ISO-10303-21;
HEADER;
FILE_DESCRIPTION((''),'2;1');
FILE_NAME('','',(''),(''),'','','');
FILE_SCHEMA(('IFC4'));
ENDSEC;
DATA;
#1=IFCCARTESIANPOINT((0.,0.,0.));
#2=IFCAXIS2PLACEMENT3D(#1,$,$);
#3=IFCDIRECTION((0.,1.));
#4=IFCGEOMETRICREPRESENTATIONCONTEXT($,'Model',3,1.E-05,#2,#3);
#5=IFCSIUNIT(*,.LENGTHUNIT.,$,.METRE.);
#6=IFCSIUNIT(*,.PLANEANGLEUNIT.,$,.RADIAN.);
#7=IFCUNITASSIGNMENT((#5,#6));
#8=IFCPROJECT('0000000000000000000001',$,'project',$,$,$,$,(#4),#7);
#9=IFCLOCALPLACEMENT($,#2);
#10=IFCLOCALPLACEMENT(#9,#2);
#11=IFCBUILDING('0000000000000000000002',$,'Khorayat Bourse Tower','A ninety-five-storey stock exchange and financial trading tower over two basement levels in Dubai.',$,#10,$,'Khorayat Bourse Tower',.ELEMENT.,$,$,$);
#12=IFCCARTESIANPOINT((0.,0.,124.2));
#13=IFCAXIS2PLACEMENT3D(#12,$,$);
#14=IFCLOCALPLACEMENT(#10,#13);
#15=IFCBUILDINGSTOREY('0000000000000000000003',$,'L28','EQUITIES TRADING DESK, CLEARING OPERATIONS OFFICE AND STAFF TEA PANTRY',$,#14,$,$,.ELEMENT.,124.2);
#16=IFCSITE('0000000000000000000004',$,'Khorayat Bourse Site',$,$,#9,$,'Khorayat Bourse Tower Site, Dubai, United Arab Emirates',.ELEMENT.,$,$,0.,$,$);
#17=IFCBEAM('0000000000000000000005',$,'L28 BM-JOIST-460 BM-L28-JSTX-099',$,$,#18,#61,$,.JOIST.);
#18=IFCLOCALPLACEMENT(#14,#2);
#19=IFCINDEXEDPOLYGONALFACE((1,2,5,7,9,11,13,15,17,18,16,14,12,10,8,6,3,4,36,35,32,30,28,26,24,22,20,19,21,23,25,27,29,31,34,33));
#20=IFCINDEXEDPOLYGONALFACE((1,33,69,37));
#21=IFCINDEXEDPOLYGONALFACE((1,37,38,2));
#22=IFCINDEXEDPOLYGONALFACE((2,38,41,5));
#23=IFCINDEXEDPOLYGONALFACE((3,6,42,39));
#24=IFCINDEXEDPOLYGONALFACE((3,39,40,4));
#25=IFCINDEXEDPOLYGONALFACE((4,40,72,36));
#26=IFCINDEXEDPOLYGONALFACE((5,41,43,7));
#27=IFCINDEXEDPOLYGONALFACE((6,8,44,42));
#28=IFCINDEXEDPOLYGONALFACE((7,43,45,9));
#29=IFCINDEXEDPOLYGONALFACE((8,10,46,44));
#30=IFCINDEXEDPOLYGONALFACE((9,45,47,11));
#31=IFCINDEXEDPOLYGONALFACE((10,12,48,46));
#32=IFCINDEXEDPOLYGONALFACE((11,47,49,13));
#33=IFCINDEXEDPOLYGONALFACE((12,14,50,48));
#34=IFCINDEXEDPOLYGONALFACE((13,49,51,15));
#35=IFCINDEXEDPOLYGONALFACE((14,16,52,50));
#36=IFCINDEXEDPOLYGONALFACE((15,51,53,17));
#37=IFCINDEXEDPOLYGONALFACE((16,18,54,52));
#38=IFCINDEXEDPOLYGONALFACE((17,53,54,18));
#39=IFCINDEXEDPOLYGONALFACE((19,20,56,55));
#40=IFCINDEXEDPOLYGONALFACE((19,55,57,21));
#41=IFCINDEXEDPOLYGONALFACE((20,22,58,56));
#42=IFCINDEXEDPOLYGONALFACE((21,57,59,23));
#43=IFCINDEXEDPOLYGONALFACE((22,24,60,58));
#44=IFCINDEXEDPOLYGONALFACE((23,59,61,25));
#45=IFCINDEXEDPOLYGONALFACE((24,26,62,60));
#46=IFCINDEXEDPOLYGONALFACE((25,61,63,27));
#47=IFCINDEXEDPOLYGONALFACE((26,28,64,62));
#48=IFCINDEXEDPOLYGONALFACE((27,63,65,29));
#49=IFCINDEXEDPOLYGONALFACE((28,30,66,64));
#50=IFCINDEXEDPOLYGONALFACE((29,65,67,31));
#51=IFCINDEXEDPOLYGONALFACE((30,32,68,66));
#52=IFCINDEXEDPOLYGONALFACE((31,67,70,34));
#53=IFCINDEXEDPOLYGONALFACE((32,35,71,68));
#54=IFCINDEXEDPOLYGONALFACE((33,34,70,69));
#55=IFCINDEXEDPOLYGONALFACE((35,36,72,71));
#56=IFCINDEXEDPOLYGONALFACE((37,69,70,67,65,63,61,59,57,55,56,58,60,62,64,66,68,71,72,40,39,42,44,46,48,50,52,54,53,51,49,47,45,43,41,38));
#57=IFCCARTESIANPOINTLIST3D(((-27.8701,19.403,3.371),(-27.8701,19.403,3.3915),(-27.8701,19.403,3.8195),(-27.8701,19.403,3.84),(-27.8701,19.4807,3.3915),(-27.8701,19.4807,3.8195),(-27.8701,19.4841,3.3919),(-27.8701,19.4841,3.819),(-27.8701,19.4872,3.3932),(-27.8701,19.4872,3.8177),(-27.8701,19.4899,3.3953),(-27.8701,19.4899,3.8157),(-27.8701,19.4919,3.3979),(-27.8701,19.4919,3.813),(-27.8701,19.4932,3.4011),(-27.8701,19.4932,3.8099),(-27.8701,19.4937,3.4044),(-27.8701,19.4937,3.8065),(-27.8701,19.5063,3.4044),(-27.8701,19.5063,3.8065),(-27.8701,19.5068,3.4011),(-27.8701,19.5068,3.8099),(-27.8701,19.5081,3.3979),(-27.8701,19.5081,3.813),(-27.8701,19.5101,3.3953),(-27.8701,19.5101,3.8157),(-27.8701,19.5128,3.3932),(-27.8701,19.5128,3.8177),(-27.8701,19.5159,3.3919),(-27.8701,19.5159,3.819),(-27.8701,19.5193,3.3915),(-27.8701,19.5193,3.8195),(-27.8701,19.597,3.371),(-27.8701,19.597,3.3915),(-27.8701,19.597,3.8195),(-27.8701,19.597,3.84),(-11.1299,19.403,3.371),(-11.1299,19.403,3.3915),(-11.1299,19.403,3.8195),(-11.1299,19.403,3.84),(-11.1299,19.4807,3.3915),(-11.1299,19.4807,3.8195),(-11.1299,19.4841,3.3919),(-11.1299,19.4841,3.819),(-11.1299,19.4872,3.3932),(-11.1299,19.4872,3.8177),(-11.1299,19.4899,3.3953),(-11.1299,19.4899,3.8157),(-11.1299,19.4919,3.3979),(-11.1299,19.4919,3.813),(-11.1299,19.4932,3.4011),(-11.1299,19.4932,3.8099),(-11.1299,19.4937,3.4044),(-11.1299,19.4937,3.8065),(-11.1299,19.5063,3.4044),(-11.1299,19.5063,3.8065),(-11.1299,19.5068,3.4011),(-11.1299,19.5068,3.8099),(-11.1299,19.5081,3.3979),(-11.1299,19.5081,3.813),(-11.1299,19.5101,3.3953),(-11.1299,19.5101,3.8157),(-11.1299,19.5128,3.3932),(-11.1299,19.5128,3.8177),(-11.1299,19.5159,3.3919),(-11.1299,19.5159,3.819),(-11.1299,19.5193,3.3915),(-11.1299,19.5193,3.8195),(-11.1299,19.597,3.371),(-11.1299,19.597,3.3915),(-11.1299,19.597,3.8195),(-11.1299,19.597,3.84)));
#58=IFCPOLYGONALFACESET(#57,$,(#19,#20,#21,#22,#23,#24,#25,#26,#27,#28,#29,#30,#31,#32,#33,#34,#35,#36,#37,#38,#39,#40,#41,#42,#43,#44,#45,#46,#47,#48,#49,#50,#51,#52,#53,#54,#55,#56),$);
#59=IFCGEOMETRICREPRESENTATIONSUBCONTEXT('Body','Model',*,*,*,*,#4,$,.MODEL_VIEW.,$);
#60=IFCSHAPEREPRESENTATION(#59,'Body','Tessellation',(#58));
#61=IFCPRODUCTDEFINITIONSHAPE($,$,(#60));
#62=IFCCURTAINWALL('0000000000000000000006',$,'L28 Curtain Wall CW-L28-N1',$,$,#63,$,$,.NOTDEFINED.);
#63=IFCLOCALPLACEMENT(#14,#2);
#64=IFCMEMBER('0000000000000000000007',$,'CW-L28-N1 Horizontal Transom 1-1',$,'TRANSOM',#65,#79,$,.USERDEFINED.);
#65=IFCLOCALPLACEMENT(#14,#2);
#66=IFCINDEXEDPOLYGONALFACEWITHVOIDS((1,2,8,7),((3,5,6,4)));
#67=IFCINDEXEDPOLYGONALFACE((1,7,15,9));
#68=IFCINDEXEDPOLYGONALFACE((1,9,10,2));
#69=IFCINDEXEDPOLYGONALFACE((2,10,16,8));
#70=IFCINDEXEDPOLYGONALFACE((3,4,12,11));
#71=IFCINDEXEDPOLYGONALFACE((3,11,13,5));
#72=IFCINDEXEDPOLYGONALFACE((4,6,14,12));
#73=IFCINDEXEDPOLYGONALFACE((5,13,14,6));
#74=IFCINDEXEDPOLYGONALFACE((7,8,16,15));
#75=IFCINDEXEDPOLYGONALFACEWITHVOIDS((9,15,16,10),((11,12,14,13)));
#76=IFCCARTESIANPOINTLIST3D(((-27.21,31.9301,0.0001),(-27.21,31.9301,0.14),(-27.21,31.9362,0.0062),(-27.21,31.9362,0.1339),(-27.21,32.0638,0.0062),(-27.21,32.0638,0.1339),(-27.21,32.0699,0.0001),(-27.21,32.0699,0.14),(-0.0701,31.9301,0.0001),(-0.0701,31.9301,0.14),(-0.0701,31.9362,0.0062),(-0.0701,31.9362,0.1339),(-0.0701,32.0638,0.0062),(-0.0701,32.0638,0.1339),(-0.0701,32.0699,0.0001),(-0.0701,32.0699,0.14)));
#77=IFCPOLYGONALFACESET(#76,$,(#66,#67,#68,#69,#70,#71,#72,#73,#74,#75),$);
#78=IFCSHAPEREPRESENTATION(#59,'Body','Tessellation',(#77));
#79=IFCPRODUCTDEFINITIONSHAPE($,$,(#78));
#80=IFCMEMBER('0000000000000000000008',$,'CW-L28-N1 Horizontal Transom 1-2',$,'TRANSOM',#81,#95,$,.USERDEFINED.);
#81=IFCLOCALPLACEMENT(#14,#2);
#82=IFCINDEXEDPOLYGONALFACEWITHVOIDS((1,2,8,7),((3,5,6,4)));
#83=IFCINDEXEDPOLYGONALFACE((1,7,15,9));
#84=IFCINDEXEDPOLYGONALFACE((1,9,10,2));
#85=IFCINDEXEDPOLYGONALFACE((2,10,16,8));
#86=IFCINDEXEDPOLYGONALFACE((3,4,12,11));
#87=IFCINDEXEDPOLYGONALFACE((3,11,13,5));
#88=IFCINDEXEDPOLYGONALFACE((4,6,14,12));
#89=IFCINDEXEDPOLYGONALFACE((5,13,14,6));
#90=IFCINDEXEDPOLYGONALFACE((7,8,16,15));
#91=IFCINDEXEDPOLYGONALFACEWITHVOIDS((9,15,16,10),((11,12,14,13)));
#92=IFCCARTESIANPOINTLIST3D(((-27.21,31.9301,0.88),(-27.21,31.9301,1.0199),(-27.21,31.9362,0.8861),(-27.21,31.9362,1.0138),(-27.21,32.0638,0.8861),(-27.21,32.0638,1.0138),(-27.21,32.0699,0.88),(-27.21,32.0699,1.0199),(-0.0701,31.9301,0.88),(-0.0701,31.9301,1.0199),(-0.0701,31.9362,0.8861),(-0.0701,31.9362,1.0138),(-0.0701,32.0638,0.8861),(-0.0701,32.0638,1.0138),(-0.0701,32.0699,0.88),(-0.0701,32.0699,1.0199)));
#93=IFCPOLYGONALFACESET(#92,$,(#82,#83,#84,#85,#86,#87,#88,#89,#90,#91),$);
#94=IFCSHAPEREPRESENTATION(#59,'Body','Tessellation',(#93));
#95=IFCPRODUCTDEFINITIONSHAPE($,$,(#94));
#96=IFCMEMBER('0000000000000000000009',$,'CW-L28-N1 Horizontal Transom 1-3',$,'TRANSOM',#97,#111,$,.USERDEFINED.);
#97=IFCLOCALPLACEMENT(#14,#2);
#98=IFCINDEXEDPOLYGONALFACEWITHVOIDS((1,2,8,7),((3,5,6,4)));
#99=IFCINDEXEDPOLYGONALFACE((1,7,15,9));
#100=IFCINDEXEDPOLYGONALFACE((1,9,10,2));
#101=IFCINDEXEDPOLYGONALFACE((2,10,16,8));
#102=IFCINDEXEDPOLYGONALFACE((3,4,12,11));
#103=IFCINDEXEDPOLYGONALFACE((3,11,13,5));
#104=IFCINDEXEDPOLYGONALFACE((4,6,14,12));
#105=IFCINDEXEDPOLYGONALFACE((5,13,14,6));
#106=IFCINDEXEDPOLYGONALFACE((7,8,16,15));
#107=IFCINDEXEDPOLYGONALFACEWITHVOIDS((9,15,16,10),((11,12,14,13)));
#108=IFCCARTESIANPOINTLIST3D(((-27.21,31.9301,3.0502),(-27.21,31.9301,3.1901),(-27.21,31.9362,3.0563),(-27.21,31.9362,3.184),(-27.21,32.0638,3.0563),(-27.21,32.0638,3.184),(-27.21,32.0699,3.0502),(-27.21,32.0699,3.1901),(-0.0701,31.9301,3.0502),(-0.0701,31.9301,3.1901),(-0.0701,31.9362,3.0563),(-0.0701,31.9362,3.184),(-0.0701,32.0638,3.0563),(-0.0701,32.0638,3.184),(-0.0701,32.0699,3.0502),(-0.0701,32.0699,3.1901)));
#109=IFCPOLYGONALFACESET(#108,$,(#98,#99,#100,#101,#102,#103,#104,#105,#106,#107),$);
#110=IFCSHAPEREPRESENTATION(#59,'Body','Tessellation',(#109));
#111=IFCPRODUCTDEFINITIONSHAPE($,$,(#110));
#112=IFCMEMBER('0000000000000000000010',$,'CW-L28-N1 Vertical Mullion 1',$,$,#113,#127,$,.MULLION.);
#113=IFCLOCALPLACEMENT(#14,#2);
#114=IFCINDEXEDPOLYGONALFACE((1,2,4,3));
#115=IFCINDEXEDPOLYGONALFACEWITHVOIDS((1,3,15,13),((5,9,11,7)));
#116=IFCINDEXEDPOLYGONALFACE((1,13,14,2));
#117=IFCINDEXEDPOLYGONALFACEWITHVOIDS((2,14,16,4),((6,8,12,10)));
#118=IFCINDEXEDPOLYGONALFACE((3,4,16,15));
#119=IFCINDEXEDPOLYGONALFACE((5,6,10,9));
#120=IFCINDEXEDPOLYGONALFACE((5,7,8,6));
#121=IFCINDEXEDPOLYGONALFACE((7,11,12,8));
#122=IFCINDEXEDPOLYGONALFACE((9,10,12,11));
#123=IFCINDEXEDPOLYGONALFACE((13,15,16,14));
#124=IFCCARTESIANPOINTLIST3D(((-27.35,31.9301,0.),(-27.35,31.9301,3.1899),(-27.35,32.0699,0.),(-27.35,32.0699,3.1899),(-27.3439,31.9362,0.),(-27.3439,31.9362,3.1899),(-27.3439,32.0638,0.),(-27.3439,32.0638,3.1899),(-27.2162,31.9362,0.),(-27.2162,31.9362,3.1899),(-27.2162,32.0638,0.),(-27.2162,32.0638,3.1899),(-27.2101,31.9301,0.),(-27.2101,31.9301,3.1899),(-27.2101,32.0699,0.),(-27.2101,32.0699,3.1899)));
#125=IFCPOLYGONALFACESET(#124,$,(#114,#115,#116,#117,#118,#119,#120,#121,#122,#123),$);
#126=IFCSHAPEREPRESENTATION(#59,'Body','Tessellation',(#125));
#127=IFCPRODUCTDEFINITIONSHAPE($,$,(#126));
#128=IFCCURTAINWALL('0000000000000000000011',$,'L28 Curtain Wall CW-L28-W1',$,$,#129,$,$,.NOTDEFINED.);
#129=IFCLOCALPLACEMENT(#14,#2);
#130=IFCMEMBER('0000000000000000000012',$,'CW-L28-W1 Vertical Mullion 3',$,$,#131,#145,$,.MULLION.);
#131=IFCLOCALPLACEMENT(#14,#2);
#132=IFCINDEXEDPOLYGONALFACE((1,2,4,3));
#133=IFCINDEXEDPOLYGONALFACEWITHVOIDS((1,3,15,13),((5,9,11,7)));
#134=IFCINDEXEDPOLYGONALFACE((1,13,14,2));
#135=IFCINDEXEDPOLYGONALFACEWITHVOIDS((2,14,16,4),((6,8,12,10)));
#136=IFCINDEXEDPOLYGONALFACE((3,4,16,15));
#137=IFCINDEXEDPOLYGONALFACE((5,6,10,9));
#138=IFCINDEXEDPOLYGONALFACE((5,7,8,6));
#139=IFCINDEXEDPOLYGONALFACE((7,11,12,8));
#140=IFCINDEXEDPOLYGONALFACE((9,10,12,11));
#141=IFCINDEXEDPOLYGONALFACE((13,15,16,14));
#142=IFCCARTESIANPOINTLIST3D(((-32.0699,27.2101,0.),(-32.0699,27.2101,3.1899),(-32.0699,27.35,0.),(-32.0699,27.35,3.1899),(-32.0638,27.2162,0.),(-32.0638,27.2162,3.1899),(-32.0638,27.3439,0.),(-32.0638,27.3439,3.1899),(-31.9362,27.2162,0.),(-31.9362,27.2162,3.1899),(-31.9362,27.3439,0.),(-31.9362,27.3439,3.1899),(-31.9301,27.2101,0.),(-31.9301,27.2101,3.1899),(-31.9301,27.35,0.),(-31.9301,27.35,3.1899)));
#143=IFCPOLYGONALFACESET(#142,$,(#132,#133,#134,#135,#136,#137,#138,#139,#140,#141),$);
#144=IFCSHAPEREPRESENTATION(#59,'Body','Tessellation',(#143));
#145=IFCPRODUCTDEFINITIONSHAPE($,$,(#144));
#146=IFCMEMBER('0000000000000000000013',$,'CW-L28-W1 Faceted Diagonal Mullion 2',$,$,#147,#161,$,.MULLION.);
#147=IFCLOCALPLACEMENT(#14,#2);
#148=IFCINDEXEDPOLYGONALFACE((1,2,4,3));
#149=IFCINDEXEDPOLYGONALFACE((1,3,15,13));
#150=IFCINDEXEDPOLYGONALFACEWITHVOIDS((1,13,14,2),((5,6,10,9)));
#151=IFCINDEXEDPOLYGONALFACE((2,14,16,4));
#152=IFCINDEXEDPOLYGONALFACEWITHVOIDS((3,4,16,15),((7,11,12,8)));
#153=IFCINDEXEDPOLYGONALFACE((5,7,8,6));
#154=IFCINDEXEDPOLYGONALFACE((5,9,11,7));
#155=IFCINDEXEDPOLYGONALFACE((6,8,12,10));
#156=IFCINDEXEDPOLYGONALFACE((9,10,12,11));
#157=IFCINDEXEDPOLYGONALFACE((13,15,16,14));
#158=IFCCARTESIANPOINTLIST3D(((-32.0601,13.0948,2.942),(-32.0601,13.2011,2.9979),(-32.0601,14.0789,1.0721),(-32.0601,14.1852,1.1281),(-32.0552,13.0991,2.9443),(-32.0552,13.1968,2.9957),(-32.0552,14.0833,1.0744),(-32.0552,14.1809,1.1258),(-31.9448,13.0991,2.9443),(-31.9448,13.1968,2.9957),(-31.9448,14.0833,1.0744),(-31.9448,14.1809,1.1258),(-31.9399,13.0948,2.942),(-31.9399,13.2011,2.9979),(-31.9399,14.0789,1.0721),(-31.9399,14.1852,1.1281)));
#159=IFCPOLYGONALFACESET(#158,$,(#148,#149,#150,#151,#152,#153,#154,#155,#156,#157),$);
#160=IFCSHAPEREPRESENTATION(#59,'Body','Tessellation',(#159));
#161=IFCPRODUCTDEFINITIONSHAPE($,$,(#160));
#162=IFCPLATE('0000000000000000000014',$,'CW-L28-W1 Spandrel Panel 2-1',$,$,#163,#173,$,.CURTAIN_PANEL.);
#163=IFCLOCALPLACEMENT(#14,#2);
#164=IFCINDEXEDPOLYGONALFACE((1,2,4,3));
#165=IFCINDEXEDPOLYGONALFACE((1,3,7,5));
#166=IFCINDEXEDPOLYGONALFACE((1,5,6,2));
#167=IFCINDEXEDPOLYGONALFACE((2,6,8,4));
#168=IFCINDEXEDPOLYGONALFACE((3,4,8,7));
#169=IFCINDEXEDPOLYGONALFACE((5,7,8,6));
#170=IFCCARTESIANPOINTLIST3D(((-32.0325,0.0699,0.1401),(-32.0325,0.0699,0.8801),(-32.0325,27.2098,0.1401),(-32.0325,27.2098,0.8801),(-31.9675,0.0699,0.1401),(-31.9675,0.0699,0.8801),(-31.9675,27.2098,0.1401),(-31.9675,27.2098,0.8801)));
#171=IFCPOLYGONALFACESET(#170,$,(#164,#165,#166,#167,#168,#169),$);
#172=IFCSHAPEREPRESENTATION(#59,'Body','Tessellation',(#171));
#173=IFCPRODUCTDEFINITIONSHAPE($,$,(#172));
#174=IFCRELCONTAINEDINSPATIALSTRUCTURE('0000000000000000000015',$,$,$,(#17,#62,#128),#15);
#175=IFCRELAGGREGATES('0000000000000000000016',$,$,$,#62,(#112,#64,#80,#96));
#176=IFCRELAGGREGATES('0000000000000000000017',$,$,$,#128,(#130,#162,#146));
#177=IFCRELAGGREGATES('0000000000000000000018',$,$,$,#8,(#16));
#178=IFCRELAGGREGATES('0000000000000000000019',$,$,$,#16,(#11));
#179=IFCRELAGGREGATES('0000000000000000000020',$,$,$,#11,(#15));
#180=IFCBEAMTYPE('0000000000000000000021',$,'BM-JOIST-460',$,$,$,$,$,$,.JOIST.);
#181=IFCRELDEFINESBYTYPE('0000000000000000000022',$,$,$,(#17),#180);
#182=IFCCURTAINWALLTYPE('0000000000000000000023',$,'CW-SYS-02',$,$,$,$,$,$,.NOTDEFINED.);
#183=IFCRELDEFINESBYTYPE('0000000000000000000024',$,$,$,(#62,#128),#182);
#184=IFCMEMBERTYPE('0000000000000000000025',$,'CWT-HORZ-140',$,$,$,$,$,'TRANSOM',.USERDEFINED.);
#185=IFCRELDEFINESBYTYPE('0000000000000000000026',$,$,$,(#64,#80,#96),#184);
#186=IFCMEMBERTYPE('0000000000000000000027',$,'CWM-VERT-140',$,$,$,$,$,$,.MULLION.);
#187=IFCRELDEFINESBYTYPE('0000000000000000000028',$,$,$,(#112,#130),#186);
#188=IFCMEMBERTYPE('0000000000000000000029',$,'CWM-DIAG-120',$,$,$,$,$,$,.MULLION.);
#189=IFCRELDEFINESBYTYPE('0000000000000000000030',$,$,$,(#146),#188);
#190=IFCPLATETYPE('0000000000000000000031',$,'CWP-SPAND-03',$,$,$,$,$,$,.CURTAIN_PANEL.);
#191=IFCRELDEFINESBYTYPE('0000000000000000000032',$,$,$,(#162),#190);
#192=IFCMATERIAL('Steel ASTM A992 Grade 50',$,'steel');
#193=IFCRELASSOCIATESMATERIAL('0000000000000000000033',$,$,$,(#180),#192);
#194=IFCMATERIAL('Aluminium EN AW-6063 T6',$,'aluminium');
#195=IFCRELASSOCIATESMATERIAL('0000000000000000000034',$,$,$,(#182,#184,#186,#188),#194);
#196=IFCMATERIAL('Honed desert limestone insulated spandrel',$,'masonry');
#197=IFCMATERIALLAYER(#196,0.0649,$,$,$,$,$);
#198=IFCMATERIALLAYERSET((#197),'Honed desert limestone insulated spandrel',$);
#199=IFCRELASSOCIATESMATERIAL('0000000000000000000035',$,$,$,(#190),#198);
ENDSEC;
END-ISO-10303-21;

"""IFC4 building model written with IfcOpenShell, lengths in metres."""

from ifc_helpers import new_model, si_unit, direction, frame, origin, origin_2d, place, context, subcontext, project, spatial, rectangle, hollow_rectangle, i_section, extrude, source, transform, mapped, material, layer, layer_set, material_profile, profile_set, type_object, element, aggregate, save


model = new_model("IFC4")

# Units and contexts
model_context = context("Model", 3, precision=1e-05, world=origin(), true_north=direction((0.0, 1.0)))
body_context = subcontext(model_context, "Body", "Model", "MODEL_VIEW")
ifc_project = project(units=[si_unit("LENGTHUNIT", "METRE"), si_unit("PLANEANGLEUNIT", "RADIAN")], contexts=[model_context])

# Site, building, storey
site_placement = place(None, origin())
site = spatial("IfcSite", under=ifc_project, at=site_placement, Name="Khorayat Bourse Site", LongName="Khorayat Bourse Tower Site, Dubai, United Arab Emirates", CompositionType="ELEMENT", RefElevation=0.0)
building_placement = place(site_placement, origin())
building = spatial("IfcBuilding", under=site, at=building_placement, Name="Khorayat Bourse Tower", Description="A ninety-five-storey stock exchange and financial trading tower over two basement levels in Dubai.", LongName="Khorayat Bourse Tower", CompositionType="ELEMENT")
storey_placement = place(building_placement, frame((0.0, 0.0, 124.2)))
storey = spatial("IfcBuildingStorey", under=building, at=storey_placement, Name="L28", Description="EQUITIES TRADING DESK, CLEARING OPERATIONS OFFICE AND STAFF TEA PANTRY", CompositionType="ELEMENT", Elevation=124.2)

# Beam
ifc_material_1 = material(Name="Steel ASTM A992 Grade 50", Category="steel")
ifc_material_profile_1 = material_profile(ifc_material_1, i_section(OverallWidth=0.1941, OverallDepth=0.469, WebThickness=0.0127, FlangeThickness=0.0205, FilletRadius=0.0129, at=origin_2d()), Name="W460X106")
ifc_profile_set_1 = profile_set([ifc_material_profile_1], Name="Steel ASTM A992 Grade 50")
beam_type_1 = type_object("IfcBeamType", Name="BM-JOIST-460", PredefinedType="JOIST", material=ifc_profile_set_1)
shared_shape_1 = source(origin(), body_context, "Body", "SweptSolid", [
    extrude(i_section(OverallWidth=0.1941, OverallDepth=0.469, WebThickness=0.0127, FlangeThickness=0.0205, FilletRadius=0.0129, at=origin_2d()), origin(), (0.0, 0.0, 1.0), 16.7402),
])
beam_1_placement = place(storey_placement, frame((-27.8701, 19.5, 3.6055), z_axis=(1.0, 0.0, 0.0), x_axis=(0.0, 1.0, 0.0)))
element("IfcBeam", 1, at=beam_1_placement, inside=storey, type_object=beam_type_1, Name="L28 BM-JOIST-460 BM-L28-JSTX-099", PredefinedType="JOIST", context=body_context, shape_type="MappedRepresentation", body=[
    mapped(shared_shape_1, transform((0.0, 0.0, 0.0), scale=1.0)),
])

# Curtain wall, members
ifc_material_2 = material(Name="Aluminium EN AW-6063 T6", Category="aluminium")
curtain_wall_type = type_object("IfcCurtainWallType", Name="CW-SYS-02", PredefinedType="NOTDEFINED", material=ifc_material_2)
curtain_wall_1_placement = place(storey_placement, origin())
curtain_wall_1 = element("IfcCurtainWall", 2, at=curtain_wall_1_placement, inside=storey, type_object=curtain_wall_type, Name="L28 Curtain Wall CW-L28-N1", PredefinedType="NOTDEFINED")
ifc_material_profile_2 = material_profile(ifc_material_2, hollow_rectangle(XDim=0.1399, YDim=0.1399, WallThickness=0.0061, at=origin_2d()), Name="ALU 140x140x6")
ifc_profile_set_2 = profile_set([ifc_material_profile_2], Name="Aluminium EN AW-6063 T6")
member_type_1 = type_object("IfcMemberType", Name="CWT-HORZ-140", ElementType="TRANSOM", PredefinedType="USERDEFINED", material=ifc_profile_set_2)
shared_shape_2 = source(origin(), body_context, "Body", "SweptSolid", [
    extrude(hollow_rectangle(XDim=0.1399, YDim=0.1399, WallThickness=0.0061, at=origin_2d()), origin(), (0.0, 0.0, 1.0), 27.1399),
])
member_1_placement = place(storey_placement, frame((-27.21, 32.0, 0.0701), z_axis=(1.0, 0.0, 0.0), x_axis=(0.0, 1.0, 0.0)))
member_1 = element("IfcMember", 3, at=member_1_placement, type_object=member_type_1, Name="CW-L28-N1 Horizontal Transom 1-1", ObjectType="TRANSOM", PredefinedType="USERDEFINED", context=body_context, shape_type="MappedRepresentation", body=[
    mapped(shared_shape_2, transform((0.0, 0.0, 0.0), scale=1.0)),
])
member_2_placement = place(storey_placement, frame((-27.21, 32.0, 0.95), z_axis=(1.0, 0.0, 0.0), x_axis=(0.0, 1.0, 0.0)))
member_2 = element("IfcMember", 4, at=member_2_placement, type_object=member_type_1, Name="CW-L28-N1 Horizontal Transom 1-2", ObjectType="TRANSOM", PredefinedType="USERDEFINED", context=body_context, shape_type="MappedRepresentation", body=[
    mapped(shared_shape_2, transform((0.0, 0.0, 0.0), scale=1.0)),
])
member_3_placement = place(storey_placement, frame((-27.21, 32.0, 3.1201), z_axis=(1.0, 0.0, 0.0), x_axis=(0.0, 1.0, 0.0)))
member_3 = element("IfcMember", 5, at=member_3_placement, type_object=member_type_1, Name="CW-L28-N1 Horizontal Transom 1-3", ObjectType="TRANSOM", PredefinedType="USERDEFINED", context=body_context, shape_type="MappedRepresentation", body=[
    mapped(shared_shape_2, transform((0.0, 0.0, 0.0), scale=1.0)),
])
ifc_material_profile_3 = material_profile(ifc_material_2, hollow_rectangle(XDim=0.1399, YDim=0.1399, WallThickness=0.0061, at=origin_2d()), Name="ALU 140x140x6")
ifc_profile_set_3 = profile_set([ifc_material_profile_3], Name="Aluminium EN AW-6063 T6")
member_type_2 = type_object("IfcMemberType", Name="CWM-VERT-140", PredefinedType="MULLION", material=ifc_profile_set_3)
shared_shape_3 = source(origin(), body_context, "Body", "SweptSolid", [
    extrude(hollow_rectangle(XDim=0.1399, YDim=0.1399, WallThickness=0.0061, at=origin_2d()), origin(), (0.0, 0.0, 1.0), 3.1899),
])
member_4_placement = place(storey_placement, frame((-27.28, 32.0, 0.0), z_axis=(0.0, 0.0, 1.0), x_axis=(0.0, 1.0, 0.0)))
member_4 = element("IfcMember", 6, at=member_4_placement, type_object=member_type_2, Name="CW-L28-N1 Vertical Mullion 1", PredefinedType="MULLION", context=body_context, shape_type="MappedRepresentation", body=[
    mapped(shared_shape_3, transform((0.0, 0.0, 0.0), scale=1.0)),
])
aggregate(curtain_wall_1, [member_4, member_1, member_2, member_3])

# Curtain wall, members, plate
curtain_wall_2_placement = place(storey_placement, origin())
curtain_wall_2 = element("IfcCurtainWall", 7, at=curtain_wall_2_placement, inside=storey, type_object=curtain_wall_type, Name="L28 Curtain Wall CW-L28-W1", PredefinedType="NOTDEFINED")
member_5_placement = place(storey_placement, frame((-32.0, 27.28, 0.0), z_axis=(0.0, 0.0, 1.0), x_axis=(-1.0, 0.0, 0.0)))
member_5 = element("IfcMember", 8, at=member_5_placement, type_object=member_type_2, Name="CW-L28-W1 Vertical Mullion 3", PredefinedType="MULLION", context=body_context, shape_type="MappedRepresentation", body=[
    mapped(shared_shape_3, transform((0.0, 0.0, 0.0), scale=1.0)),
])
ifc_material_profile_4 = material_profile(ifc_material_2, hollow_rectangle(XDim=0.1201, YDim=0.1201, WallThickness=0.0049, at=origin_2d()), Name="ALU 120x120x5")
ifc_profile_set_4 = profile_set([ifc_material_profile_4], Name="Aluminium EN AW-6063 T6")
member_type_3 = type_object("IfcMemberType", Name="CWM-DIAG-120", PredefinedType="MULLION", material=ifc_profile_set_4)
shared_shape_4 = source(origin(), body_context, "Body", "SweptSolid", [
    extrude(hollow_rectangle(XDim=0.1201, YDim=0.1201, WallThickness=0.0049, at=origin_2d()), origin(), (0.0, 0.0, 1.0), 2.113),
])
member_6_placement = place(storey_placement, frame((-32.0, 14.1321, 1.1001), z_axis=(0.0, -0.465742, 0.884921), x_axis=(1.0, 0.0, 0.0)))
member_6 = element("IfcMember", 9, at=member_6_placement, type_object=member_type_3, Name="CW-L28-W1 Faceted Diagonal Mullion 2", PredefinedType="MULLION", context=body_context, shape_type="MappedRepresentation", body=[
    mapped(shared_shape_4, transform((0.0, 0.0, 0.0), scale=1.0)),
])
ifc_material_3 = material(Name="Honed desert limestone insulated spandrel", Category="masonry")
ifc_layer_1 = layer(ifc_material_3, 0.0649)
ifc_layer_set_1 = layer_set([ifc_layer_1], Name="Honed desert limestone insulated spandrel")
plate_type_1 = type_object("IfcPlateType", Name="CWP-SPAND-03", PredefinedType="CURTAIN_PANEL", material=ifc_layer_set_1)
shared_shape_5 = source(origin(), body_context, "Body", "SweptSolid", [
    extrude(rectangle(XDim=27.1399, YDim=0.0649, at=origin_2d()), origin(), (0.0, 0.0, 1.0), 0.74),
])
plate_1_placement = place(storey_placement, frame((-32.0, 13.6399, 0.1401), z_axis=(0.0, 0.0, 1.0), x_axis=(0.0, 1.0, 0.0)))
plate_1 = element("IfcPlate", 10, at=plate_1_placement, type_object=plate_type_1, Name="CW-L28-W1 Spandrel Panel 2-1", PredefinedType="CURTAIN_PANEL", context=body_context, shape_type="MappedRepresentation", body=[
    mapped(shared_shape_5, transform((0.0, 0.0, 0.0), scale=1.0)),
])
aggregate(curtain_wall_2, [member_5, plate_1, member_6])

save(model, "model.ifc")
